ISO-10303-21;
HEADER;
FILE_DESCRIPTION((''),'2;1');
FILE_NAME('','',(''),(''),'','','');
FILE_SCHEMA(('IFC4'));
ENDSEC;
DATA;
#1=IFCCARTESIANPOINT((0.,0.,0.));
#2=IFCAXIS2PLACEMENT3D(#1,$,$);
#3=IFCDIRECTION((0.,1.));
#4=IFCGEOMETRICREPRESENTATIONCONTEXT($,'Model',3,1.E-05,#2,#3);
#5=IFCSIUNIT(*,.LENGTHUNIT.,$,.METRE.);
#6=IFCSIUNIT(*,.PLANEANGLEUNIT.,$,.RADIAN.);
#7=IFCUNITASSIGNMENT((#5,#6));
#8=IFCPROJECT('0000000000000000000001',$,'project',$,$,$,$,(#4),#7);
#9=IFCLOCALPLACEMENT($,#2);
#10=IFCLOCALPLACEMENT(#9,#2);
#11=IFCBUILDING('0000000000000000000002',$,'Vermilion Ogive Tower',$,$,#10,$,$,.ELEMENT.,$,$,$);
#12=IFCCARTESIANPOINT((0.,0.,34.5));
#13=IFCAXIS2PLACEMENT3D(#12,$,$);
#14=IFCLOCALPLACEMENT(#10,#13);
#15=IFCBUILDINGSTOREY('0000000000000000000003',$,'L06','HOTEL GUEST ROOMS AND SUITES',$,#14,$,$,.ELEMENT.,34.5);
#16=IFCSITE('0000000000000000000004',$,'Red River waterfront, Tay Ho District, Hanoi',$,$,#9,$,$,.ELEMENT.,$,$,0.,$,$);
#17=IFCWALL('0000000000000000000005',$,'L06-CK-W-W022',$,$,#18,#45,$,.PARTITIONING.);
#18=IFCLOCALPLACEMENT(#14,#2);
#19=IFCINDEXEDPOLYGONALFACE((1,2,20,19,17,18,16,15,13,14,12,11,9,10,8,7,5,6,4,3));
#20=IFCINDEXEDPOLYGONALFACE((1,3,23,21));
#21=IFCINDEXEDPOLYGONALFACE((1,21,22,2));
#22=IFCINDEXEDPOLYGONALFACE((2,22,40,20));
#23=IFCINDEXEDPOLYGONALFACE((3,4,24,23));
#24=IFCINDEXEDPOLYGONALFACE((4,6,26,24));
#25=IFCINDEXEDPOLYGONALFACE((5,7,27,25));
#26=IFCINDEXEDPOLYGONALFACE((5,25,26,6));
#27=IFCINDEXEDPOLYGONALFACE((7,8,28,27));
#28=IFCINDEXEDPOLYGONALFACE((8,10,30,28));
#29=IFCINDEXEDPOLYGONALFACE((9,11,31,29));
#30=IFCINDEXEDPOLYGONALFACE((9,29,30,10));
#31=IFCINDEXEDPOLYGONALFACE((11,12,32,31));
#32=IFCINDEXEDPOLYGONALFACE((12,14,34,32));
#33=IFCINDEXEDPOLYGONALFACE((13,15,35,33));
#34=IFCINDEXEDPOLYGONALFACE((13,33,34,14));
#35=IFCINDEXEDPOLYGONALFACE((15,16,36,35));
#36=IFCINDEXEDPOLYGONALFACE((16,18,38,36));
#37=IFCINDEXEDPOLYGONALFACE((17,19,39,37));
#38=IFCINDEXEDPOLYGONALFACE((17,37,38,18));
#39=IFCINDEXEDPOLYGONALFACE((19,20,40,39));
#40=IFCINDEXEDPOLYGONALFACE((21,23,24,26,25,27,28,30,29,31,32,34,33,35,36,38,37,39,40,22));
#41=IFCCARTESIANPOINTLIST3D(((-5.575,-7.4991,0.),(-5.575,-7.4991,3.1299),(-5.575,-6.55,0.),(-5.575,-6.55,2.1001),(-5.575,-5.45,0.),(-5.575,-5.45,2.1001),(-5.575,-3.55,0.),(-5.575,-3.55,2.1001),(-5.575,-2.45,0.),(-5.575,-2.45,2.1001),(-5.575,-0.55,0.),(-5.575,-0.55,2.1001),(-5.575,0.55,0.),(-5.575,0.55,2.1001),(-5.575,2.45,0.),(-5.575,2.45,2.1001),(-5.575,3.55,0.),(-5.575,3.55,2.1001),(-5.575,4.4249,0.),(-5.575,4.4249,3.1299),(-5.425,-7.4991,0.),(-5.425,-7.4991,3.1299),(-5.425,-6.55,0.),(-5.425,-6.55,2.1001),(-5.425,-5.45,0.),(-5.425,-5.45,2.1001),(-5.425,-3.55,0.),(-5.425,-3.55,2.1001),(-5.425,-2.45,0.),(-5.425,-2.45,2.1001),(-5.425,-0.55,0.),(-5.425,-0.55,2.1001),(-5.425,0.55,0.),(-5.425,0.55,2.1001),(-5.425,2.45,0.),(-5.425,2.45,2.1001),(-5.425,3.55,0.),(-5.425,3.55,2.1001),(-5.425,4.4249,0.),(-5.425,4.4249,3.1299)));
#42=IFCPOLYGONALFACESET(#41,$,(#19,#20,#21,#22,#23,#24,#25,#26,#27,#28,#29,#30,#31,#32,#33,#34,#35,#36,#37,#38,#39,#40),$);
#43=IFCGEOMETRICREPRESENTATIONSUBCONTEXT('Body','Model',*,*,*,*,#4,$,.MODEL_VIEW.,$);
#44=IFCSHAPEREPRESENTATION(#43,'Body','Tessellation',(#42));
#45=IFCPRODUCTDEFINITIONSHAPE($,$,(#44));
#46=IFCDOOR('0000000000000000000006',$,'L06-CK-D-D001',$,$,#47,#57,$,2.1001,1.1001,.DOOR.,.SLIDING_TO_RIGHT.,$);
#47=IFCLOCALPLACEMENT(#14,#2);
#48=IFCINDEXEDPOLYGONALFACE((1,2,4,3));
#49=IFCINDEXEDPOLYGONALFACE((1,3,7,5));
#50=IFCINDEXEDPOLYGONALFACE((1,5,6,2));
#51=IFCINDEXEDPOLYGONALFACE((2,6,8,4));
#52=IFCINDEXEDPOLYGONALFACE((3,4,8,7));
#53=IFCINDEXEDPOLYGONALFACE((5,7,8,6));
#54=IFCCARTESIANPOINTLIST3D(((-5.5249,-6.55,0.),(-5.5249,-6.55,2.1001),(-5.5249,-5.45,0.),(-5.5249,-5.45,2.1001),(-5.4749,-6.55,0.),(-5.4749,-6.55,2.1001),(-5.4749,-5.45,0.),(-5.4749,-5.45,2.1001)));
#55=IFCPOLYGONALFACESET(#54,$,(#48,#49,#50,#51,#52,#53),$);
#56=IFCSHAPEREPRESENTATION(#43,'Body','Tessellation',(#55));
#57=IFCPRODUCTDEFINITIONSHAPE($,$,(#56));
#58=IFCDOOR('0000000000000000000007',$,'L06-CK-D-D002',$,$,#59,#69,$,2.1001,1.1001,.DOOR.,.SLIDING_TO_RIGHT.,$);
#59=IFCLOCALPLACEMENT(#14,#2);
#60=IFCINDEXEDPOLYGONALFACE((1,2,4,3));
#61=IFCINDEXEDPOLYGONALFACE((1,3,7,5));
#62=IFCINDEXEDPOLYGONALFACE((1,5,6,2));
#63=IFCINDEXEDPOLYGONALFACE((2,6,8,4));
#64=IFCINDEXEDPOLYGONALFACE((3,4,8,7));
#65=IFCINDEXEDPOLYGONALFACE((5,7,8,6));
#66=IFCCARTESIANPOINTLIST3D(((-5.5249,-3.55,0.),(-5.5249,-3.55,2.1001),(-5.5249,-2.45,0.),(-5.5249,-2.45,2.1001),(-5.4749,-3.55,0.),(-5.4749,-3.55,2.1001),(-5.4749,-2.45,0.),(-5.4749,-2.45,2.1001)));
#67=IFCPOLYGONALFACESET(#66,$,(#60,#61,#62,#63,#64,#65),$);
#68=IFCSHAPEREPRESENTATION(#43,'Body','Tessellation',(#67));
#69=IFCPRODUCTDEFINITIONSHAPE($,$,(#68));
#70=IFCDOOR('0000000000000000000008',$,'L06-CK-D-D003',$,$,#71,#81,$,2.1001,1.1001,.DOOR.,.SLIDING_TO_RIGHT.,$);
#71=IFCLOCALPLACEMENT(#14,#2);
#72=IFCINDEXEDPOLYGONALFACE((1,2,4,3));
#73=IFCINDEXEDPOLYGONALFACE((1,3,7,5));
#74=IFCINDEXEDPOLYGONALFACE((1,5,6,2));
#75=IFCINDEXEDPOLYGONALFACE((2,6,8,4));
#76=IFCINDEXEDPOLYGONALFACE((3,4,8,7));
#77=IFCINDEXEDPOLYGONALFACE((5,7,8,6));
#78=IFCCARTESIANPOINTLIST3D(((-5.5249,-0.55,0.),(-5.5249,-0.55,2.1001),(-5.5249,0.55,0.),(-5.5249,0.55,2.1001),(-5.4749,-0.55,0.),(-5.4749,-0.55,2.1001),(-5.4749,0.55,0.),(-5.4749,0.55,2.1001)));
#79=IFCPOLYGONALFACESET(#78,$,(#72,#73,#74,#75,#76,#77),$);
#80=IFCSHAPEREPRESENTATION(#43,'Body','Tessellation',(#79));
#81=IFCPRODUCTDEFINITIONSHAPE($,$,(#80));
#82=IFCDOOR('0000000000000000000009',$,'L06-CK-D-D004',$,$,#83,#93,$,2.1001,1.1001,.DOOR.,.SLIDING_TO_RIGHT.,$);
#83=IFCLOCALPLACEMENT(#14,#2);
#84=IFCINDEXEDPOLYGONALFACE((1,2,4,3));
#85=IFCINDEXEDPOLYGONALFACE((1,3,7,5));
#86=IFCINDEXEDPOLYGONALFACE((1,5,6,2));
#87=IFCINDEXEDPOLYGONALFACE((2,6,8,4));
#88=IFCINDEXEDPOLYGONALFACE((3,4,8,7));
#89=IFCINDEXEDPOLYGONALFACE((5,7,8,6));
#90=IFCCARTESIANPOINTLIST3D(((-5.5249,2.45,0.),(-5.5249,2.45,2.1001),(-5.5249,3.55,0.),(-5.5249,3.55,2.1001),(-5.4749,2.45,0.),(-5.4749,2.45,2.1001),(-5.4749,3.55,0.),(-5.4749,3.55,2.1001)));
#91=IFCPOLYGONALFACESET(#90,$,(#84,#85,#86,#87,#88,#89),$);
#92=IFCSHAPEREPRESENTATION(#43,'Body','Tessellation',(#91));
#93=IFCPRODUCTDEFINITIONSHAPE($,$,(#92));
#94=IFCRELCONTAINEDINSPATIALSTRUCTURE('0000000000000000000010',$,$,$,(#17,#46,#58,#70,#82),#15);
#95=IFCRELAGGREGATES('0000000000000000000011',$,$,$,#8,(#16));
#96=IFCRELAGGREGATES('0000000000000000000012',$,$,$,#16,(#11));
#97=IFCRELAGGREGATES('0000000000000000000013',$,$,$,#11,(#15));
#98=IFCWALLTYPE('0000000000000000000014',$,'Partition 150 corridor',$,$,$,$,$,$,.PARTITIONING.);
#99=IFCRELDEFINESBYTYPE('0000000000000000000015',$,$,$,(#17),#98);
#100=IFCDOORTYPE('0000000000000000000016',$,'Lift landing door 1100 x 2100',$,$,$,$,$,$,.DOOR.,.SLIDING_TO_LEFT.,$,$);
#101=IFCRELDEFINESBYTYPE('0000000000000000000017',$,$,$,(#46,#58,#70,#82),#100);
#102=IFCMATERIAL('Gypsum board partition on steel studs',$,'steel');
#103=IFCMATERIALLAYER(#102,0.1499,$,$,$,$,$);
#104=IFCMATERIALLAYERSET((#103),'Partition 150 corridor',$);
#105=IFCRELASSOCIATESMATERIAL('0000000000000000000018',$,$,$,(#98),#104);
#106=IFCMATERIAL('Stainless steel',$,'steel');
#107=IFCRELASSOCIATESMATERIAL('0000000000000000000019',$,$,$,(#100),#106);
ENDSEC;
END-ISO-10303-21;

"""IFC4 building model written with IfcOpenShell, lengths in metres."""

from ifc_helpers import new_model, si_unit, direction, frame, frame_2d, origin, place, context, subcontext, project, spatial, rectangle, extrude, material, layer, layer_set, type_object, element, fill, save


model = new_model("IFC4")

# Units and contexts
model_context = context("Model", 3, precision=1e-05, world=origin(), true_north=direction((0.0, 1.0)))
body_context = subcontext(model_context, "Body", "Model", "MODEL_VIEW")
ifc_project = project(units=[si_unit("LENGTHUNIT", "METRE"), si_unit("PLANEANGLEUNIT", "RADIAN")], contexts=[model_context])

# Site, building, storey
site_placement = place(None, origin())
site = spatial("IfcSite", under=ifc_project, at=site_placement, Name="Red River waterfront, Tay Ho District, Hanoi", CompositionType="ELEMENT", RefElevation=0.0)
building_placement = place(site_placement, origin())
building = spatial("IfcBuilding", under=site, at=building_placement, Name="Vermilion Ogive Tower", CompositionType="ELEMENT")
storey_placement = place(building_placement, frame((0.0, 0.0, 34.5)))
storey = spatial("IfcBuildingStorey", under=building, at=storey_placement, Name="L06", Description="HOTEL GUEST ROOMS AND SUITES", CompositionType="ELEMENT", Elevation=34.5)

# Wall, openings, doors
ifc_material_1 = material(Name="Gypsum board partition on steel studs", Category="steel")
ifc_layer_1 = layer(ifc_material_1, 0.1499)
ifc_layer_set_1 = layer_set([ifc_layer_1], Name="Partition 150 corridor")
wall_type_1 = type_object("IfcWallType", Name="Partition 150 corridor", PredefinedType="PARTITIONING", material=ifc_layer_set_1)
wall_1_placement = place(storey_placement, frame((-5.5, -7.499, 0.0), z_axis=(0.0, 0.0, 1.0), x_axis=(0.0, 1.0, 0.0)))
wall_1 = element("IfcWall", 1, at=wall_1_placement, inside=storey, type_object=wall_type_1, Name="L06-CK-W-W022", PredefinedType="PARTITIONING", context=body_context, shape_type="SweptSolid", body=[
    extrude(rectangle(XDim=11.9241, YDim=0.1499, at=frame_2d((5.9619, 0.0))), origin(), (0.0, 0.0, 1.0), 3.1299),
])
opening_1_placement = place(wall_1_placement, frame((0.949, 0.0, 0.0)))
opening_1 = element("IfcOpeningElement", 2, at=opening_1_placement, cuts=wall_1, PredefinedType="OPENING", context=body_context, shape_type="SweptSolid", body=[
    extrude(rectangle(XDim=1.1001, YDim=2.1001, at=frame_2d((0.55, 1.05))), frame((0.0, 0.085, 0.0), z_axis=(0.0, -1.0, 0.0), x_axis=(1.0, 0.0, 0.0)), (0.0, 0.0, 1.0), 0.1699),
])
opening_2_placement = place(wall_1_placement, frame((3.949, 0.0, 0.0)))
opening_2 = element("IfcOpeningElement", 3, at=opening_2_placement, cuts=wall_1, PredefinedType="OPENING", context=body_context, shape_type="SweptSolid", body=[
    extrude(rectangle(XDim=1.1001, YDim=2.1001, at=frame_2d((0.55, 1.05))), frame((0.0, 0.085, 0.0), z_axis=(0.0, -1.0, 0.0), x_axis=(1.0, 0.0, 0.0)), (0.0, 0.0, 1.0), 0.1699),
])
opening_3_placement = place(wall_1_placement, frame((6.949, 0.0, 0.0)))
opening_3 = element("IfcOpeningElement", 4, at=opening_3_placement, cuts=wall_1, PredefinedType="OPENING", context=body_context, shape_type="SweptSolid", body=[
    extrude(rectangle(XDim=1.1001, YDim=2.1001, at=frame_2d((0.55, 1.05))), frame((0.0, 0.085, 0.0), z_axis=(0.0, -1.0, 0.0), x_axis=(1.0, 0.0, 0.0)), (0.0, 0.0, 1.0), 0.1699),
])
opening_4_placement = place(wall_1_placement, frame((9.949, 0.0, 0.0)))
opening_4 = element("IfcOpeningElement", 5, at=opening_4_placement, cuts=wall_1, PredefinedType="OPENING", context=body_context, shape_type="SweptSolid", body=[
    extrude(rectangle(XDim=1.1001, YDim=2.1001, at=frame_2d((0.55, 1.05))), frame((0.0, 0.085, 0.0), z_axis=(0.0, -1.0, 0.0), x_axis=(1.0, 0.0, 0.0)), (0.0, 0.0, 1.0), 0.1699),
])
ifc_material_2 = material(Name="Stainless steel", Category="steel")
door_type_1 = type_object("IfcDoorType", Name="Lift landing door 1100 x 2100", OperationType="SLIDING_TO_LEFT", PredefinedType="DOOR", material=ifc_material_2)
door_1_placement = place(opening_1_placement, origin())
door_1 = element("IfcDoor", 6, at=door_1_placement, inside=storey, type_object=door_type_1, Name="L06-CK-D-D001", OperationType="SLIDING_TO_RIGHT", OverallHeight=2.1001, OverallWidth=1.1001, PredefinedType="DOOR", context=body_context, shape_type="SweptSolid", body=[
    extrude(rectangle(XDim=1.1001, YDim=2.1001, at=frame_2d((0.55, 1.05))), frame((0.0, 0.0249, 0.0), z_axis=(0.0, -1.0, 0.0), x_axis=(1.0, 0.0, 0.0)), (0.0, 0.0, 1.0), 0.05),
])
fill(opening_1, door_1)
door_2_placement = place(opening_2_placement, origin())
door_2 = element("IfcDoor", 7, at=door_2_placement, inside=storey, type_object=door_type_1, Name="L06-CK-D-D002", OperationType="SLIDING_TO_RIGHT", OverallHeight=2.1001, OverallWidth=1.1001, PredefinedType="DOOR", context=body_context, shape_type="SweptSolid", body=[
    extrude(rectangle(XDim=1.1001, YDim=2.1001, at=frame_2d((0.55, 1.05))), frame((0.0, 0.0249, 0.0), z_axis=(0.0, -1.0, 0.0), x_axis=(1.0, 0.0, 0.0)), (0.0, 0.0, 1.0), 0.05),
])
fill(opening_2, door_2)
door_3_placement = place(opening_3_placement, origin())
door_3 = element("IfcDoor", 8, at=door_3_placement, inside=storey, type_object=door_type_1, Name="L06-CK-D-D003", OperationType="SLIDING_TO_RIGHT", OverallHeight=2.1001, OverallWidth=1.1001, PredefinedType="DOOR", context=body_context, shape_type="SweptSolid", body=[
    extrude(rectangle(XDim=1.1001, YDim=2.1001, at=frame_2d((0.55, 1.05))), frame((0.0, 0.0249, 0.0), z_axis=(0.0, -1.0, 0.0), x_axis=(1.0, 0.0, 0.0)), (0.0, 0.0, 1.0), 0.05),
])
fill(opening_3, door_3)
door_4_placement = place(opening_4_placement, origin())
door_4 = element("IfcDoor", 9, at=door_4_placement, inside=storey, type_object=door_type_1, Name="L06-CK-D-D004", OperationType="SLIDING_TO_RIGHT", OverallHeight=2.1001, OverallWidth=1.1001, PredefinedType="DOOR", context=body_context, shape_type="SweptSolid", body=[
    extrude(rectangle(XDim=1.1001, YDim=2.1001, at=frame_2d((0.55, 1.05))), frame((0.0, 0.0249, 0.0), z_axis=(0.0, -1.0, 0.0), x_axis=(1.0, 0.0, 0.0)), (0.0, 0.0, 1.0), 0.05),
])
fill(opening_4, door_4)

save(model, "model.ifc")
